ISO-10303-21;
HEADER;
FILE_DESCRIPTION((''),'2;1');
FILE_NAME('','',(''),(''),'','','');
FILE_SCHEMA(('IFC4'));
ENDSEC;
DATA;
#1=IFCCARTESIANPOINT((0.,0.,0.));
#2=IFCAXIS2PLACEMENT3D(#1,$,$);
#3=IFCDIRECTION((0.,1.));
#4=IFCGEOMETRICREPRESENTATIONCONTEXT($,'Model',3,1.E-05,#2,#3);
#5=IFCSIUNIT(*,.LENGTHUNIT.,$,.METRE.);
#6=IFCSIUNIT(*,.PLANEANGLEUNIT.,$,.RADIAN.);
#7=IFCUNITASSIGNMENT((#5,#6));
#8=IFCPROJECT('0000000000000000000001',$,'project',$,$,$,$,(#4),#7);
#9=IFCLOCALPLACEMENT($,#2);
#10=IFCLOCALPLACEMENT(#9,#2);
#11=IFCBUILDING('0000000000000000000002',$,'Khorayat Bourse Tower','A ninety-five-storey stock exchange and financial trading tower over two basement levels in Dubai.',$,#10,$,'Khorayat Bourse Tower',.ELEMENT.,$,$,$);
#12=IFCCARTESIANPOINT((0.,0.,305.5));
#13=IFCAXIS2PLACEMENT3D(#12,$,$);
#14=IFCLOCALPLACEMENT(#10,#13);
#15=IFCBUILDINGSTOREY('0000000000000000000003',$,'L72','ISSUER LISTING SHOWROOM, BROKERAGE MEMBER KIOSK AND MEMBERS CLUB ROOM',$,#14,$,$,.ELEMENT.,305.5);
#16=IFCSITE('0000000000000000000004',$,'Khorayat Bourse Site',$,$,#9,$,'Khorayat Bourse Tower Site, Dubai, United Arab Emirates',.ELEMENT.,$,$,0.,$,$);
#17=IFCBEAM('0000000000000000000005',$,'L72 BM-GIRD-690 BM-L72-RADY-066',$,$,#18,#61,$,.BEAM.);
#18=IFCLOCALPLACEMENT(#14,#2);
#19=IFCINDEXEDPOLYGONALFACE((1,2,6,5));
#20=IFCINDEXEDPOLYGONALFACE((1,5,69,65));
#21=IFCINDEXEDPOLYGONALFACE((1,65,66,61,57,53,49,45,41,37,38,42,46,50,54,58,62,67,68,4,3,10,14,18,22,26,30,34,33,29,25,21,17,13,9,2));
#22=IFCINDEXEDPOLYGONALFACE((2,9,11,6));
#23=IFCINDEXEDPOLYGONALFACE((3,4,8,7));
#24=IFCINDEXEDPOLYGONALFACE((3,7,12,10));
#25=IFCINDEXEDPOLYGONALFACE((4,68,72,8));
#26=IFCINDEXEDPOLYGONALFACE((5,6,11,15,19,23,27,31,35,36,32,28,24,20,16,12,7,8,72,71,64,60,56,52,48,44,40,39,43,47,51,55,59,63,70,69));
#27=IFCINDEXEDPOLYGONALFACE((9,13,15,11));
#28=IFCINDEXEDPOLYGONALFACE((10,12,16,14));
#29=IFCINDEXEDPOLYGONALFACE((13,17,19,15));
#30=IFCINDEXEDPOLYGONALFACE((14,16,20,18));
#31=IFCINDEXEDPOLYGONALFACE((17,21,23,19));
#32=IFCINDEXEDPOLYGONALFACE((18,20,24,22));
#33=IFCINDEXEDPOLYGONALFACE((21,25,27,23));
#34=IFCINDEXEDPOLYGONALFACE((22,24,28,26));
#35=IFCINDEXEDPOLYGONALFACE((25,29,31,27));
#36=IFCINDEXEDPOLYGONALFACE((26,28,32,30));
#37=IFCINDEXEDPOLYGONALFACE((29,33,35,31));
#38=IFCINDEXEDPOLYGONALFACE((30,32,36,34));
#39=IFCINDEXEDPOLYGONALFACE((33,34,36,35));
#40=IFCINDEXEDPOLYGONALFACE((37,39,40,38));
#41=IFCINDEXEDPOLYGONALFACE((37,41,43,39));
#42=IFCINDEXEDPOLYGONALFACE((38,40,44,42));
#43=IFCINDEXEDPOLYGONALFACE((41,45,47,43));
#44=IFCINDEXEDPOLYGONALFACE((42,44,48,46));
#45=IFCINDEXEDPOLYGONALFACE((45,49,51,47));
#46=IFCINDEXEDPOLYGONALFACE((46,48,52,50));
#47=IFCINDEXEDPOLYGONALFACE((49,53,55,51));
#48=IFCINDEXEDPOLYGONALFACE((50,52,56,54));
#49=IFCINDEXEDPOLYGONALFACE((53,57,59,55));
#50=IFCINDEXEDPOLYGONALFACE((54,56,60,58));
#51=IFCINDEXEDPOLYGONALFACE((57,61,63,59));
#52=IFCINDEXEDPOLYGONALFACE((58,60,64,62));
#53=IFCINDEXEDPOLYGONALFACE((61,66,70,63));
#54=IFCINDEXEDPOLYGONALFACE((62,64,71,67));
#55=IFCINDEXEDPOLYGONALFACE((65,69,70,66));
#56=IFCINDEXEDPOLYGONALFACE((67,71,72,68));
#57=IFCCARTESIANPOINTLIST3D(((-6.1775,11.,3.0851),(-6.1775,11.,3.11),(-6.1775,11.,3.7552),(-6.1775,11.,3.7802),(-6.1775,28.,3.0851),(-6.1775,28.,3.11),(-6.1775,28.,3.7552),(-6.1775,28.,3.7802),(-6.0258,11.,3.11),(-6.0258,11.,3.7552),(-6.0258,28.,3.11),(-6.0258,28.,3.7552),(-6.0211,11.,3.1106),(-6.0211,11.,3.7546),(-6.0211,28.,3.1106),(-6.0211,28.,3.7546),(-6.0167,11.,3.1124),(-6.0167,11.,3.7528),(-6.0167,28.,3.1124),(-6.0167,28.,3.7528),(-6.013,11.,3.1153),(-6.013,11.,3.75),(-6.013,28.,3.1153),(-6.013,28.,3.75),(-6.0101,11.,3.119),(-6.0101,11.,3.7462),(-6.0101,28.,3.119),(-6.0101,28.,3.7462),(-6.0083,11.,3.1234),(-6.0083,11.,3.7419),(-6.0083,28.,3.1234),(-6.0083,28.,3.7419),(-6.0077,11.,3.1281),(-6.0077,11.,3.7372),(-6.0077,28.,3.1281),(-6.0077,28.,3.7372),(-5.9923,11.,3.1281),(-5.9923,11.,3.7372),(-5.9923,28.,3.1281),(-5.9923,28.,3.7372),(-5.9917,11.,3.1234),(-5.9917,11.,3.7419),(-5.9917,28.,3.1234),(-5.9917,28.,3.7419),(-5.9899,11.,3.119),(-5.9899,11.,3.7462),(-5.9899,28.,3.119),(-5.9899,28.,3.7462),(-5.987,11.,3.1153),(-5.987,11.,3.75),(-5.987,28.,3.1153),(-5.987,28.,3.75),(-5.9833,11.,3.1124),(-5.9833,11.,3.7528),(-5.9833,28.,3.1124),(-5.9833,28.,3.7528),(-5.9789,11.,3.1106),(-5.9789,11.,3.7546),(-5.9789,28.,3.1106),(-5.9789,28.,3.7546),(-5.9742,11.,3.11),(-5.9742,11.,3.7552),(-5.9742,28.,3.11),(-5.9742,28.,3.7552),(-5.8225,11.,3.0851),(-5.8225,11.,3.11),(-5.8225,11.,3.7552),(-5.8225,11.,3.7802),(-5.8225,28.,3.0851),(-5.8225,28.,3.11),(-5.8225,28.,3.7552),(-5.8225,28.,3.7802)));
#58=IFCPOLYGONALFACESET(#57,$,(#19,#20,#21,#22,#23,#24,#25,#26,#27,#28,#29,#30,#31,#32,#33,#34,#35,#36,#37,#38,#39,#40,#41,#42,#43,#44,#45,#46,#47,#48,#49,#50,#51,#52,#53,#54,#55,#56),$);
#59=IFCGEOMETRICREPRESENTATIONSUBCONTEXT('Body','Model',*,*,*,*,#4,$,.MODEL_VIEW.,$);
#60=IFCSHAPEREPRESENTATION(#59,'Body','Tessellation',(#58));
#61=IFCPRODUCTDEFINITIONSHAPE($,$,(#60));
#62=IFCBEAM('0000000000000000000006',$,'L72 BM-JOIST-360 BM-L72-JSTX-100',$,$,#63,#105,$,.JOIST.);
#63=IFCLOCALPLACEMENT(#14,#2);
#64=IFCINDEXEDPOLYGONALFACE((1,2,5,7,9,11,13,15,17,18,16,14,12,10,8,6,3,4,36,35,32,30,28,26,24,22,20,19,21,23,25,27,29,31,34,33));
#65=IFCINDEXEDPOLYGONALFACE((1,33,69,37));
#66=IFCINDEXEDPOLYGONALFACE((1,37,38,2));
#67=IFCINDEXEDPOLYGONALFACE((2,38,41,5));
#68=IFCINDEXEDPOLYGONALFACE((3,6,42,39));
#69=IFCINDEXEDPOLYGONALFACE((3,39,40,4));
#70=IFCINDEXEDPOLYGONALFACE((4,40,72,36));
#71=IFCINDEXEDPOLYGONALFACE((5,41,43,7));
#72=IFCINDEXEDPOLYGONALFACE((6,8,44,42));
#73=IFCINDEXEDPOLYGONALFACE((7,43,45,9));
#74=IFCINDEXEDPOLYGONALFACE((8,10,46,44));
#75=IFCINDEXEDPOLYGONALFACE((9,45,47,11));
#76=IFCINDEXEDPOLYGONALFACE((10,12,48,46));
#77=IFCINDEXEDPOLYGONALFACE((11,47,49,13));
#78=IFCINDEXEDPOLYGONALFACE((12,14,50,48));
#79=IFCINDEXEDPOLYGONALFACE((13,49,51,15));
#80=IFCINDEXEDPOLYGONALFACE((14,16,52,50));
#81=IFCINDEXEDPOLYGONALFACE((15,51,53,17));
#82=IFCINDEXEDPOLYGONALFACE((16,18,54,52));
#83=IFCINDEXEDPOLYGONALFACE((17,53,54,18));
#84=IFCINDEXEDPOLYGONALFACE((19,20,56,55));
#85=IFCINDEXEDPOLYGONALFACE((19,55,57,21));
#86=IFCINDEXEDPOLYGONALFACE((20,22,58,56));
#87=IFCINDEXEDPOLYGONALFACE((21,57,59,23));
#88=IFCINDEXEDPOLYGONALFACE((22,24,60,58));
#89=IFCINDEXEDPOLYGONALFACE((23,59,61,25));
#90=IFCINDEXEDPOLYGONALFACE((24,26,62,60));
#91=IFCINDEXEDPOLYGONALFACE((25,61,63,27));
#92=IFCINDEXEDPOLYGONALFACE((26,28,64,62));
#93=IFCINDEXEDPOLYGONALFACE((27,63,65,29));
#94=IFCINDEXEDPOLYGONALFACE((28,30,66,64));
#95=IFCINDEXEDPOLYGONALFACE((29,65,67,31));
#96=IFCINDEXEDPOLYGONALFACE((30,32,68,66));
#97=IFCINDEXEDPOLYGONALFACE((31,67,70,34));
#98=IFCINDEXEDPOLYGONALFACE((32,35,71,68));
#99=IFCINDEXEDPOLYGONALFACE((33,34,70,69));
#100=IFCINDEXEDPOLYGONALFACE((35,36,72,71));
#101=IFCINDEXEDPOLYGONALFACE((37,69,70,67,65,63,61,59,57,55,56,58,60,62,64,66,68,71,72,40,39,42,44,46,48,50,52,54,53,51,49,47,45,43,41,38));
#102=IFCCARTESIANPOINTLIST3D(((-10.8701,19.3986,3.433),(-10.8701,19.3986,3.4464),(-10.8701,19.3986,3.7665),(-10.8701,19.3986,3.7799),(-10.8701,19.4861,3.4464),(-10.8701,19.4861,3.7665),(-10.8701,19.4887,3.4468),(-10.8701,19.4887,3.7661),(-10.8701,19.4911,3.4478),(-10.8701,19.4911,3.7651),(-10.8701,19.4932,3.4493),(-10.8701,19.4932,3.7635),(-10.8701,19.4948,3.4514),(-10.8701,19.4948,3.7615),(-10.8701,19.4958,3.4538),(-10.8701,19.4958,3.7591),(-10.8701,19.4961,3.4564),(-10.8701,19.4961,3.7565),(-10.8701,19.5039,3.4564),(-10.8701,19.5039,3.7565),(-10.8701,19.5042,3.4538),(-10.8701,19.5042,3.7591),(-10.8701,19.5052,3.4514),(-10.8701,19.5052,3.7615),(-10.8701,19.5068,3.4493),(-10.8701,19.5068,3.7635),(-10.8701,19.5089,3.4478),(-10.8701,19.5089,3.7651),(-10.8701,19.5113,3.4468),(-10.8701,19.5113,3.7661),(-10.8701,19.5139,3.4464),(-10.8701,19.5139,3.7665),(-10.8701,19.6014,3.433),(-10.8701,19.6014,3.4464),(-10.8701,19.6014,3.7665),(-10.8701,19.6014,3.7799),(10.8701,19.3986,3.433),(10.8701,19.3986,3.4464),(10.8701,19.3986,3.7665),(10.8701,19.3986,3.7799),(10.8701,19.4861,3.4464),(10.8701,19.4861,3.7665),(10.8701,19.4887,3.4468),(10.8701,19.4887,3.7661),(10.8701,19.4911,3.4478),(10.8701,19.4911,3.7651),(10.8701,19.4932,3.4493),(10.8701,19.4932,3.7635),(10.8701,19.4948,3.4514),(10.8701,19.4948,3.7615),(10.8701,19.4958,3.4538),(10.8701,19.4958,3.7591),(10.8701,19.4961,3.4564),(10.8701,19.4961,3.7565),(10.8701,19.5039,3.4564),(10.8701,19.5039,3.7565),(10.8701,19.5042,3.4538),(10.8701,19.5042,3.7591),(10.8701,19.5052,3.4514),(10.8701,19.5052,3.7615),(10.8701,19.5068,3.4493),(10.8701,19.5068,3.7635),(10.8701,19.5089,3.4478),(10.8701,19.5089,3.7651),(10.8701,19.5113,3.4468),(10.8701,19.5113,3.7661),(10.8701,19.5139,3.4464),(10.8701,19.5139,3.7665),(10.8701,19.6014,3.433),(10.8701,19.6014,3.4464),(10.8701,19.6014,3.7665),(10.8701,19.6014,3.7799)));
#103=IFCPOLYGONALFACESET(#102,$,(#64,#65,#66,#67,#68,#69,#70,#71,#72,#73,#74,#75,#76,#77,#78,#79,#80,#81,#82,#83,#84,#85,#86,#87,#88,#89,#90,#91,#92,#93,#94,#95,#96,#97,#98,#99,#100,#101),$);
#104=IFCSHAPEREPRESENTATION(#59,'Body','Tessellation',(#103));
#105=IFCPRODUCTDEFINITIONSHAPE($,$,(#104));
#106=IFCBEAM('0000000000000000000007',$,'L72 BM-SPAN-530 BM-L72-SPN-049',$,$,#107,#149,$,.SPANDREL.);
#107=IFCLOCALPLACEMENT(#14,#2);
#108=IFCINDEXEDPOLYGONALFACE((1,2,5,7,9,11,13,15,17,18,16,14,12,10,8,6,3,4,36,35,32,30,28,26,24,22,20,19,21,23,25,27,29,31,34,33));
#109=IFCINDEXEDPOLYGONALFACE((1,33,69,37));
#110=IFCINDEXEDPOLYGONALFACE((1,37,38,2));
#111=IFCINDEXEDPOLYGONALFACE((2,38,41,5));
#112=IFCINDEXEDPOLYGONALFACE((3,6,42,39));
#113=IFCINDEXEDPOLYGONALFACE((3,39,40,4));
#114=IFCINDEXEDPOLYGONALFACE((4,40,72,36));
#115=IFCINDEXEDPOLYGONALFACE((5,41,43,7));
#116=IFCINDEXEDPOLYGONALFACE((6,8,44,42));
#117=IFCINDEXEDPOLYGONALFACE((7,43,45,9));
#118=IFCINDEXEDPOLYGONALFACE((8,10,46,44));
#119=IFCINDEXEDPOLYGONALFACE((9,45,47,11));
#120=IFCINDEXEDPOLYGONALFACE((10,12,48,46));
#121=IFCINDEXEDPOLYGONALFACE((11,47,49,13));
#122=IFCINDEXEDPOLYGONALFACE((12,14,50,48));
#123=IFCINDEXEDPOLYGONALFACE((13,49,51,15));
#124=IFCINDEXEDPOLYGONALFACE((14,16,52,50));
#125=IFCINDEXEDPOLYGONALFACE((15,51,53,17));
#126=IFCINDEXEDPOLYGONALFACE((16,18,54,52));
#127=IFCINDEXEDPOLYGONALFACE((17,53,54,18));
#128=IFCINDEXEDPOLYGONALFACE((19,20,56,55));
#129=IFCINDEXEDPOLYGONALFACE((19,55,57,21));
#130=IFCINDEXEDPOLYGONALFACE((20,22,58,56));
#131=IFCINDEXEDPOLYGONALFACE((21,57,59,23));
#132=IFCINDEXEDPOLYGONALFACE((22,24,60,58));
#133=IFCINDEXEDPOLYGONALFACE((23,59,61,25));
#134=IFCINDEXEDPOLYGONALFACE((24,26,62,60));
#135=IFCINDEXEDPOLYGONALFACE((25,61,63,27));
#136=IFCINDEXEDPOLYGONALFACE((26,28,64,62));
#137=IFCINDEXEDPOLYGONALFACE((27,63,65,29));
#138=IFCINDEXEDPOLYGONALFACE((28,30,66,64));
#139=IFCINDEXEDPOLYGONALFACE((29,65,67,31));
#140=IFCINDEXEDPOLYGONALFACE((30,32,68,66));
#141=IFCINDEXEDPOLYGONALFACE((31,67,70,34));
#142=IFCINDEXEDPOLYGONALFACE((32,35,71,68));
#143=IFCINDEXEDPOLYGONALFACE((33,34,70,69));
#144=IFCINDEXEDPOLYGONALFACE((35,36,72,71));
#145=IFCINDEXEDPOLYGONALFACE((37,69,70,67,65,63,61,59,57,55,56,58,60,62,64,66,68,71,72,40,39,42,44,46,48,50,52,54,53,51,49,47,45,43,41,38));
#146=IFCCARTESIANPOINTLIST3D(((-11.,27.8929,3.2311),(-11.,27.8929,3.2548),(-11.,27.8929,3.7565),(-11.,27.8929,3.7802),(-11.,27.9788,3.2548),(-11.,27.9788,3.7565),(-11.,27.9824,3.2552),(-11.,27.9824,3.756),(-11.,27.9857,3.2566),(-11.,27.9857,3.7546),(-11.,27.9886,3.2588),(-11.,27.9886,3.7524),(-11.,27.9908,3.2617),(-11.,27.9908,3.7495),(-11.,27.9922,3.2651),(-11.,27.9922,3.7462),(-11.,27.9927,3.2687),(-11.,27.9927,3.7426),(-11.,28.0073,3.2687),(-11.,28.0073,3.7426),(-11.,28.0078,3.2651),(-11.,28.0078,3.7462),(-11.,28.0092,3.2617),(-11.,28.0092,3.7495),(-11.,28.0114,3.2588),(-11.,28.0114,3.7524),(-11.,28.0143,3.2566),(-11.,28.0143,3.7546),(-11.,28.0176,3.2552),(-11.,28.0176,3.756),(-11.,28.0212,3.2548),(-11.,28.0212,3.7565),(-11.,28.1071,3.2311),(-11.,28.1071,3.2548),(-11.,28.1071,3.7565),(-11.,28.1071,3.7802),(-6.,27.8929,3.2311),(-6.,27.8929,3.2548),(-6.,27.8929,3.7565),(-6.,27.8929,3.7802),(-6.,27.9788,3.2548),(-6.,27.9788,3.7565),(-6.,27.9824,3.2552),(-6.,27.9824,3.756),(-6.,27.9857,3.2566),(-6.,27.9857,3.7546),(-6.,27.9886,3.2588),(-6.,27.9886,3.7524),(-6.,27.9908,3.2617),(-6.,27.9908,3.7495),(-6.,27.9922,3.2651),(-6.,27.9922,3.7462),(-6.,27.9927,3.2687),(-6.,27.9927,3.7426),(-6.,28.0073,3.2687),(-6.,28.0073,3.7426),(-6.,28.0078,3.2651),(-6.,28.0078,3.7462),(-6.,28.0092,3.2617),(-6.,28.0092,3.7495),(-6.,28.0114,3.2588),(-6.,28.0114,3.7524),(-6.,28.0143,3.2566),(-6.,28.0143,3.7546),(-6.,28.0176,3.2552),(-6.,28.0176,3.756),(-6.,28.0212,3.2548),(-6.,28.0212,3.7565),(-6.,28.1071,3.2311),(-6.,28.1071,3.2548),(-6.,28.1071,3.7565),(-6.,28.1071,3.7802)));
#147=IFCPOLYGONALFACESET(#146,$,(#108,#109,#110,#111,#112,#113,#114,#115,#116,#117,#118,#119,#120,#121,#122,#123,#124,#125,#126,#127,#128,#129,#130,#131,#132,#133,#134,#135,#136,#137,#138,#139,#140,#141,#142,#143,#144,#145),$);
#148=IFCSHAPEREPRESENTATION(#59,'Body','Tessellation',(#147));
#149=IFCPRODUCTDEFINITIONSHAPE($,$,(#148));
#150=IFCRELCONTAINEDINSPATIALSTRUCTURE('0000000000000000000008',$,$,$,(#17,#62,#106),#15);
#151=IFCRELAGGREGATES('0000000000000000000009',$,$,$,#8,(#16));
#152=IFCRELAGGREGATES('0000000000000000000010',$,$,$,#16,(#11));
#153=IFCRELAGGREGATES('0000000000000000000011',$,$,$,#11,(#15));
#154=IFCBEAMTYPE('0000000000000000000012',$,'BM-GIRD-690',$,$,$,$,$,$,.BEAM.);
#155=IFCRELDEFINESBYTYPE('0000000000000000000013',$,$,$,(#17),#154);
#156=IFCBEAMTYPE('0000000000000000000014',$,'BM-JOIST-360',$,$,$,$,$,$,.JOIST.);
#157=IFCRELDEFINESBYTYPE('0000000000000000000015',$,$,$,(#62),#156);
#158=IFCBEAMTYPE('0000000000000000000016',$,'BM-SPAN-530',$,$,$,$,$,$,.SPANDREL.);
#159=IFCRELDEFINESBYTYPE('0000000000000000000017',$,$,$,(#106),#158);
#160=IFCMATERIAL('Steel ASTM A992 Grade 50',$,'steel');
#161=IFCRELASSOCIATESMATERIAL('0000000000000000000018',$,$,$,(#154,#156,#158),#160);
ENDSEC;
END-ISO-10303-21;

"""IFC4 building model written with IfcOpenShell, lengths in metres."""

from ifc_helpers import new_model, si_unit, direction, frame, origin, origin_2d, place, context, subcontext, project, spatial, i_section, extrude, source, transform, mapped, material, material_profile, profile_set, type_object, element, save


model = new_model("IFC4")

# Units and contexts
model_context = context("Model", 3, precision=1e-05, world=origin(), true_north=direction((0.0, 1.0)))
body_context = subcontext(model_context, "Body", "Model", "MODEL_VIEW")
ifc_project = project(units=[si_unit("LENGTHUNIT", "METRE"), si_unit("PLANEANGLEUNIT", "RADIAN")], contexts=[model_context])

# Site, building, storey
site_placement = place(None, origin())
site = spatial("IfcSite", under=ifc_project, at=site_placement, Name="Khorayat Bourse Site", LongName="Khorayat Bourse Tower Site, Dubai, United Arab Emirates", CompositionType="ELEMENT", RefElevation=0.0)
building_placement = place(site_placement, origin())
building = spatial("IfcBuilding", under=site, at=building_placement, Name="Khorayat Bourse Tower", Description="A ninety-five-storey stock exchange and financial trading tower over two basement levels in Dubai.", LongName="Khorayat Bourse Tower", CompositionType="ELEMENT")
storey_placement = place(building_placement, frame((0.0, 0.0, 305.5)))
storey = spatial("IfcBuildingStorey", under=building, at=storey_placement, Name="L72", Description="ISSUER LISTING SHOWROOM, BROKERAGE MEMBER KIOSK AND MEMBERS CLUB ROOM", CompositionType="ELEMENT", Elevation=305.5)

# Beams
ifc_material_1 = material(Name="Steel ASTM A992 Grade 50", Category="steel")
ifc_material_profile_1 = material_profile(ifc_material_1, i_section(OverallWidth=0.355, OverallDepth=0.6951, WebThickness=0.0154, FlangeThickness=0.0249, FilletRadius=0.0181, at=origin_2d()), Name="W690X217")
ifc_profile_set_1 = profile_set([ifc_material_profile_1], Name="Steel ASTM A992 Grade 50")
beam_type_1 = type_object("IfcBeamType", Name="BM-GIRD-690", PredefinedType="BEAM", material=ifc_profile_set_1)
shared_shape_1 = source(origin(), body_context, "Body", "SweptSolid", [
    extrude(i_section(OverallWidth=0.355, OverallDepth=0.6951, WebThickness=0.0154, FlangeThickness=0.0249, FilletRadius=0.0181, at=origin_2d()), origin(), (0.0, 0.0, 1.0), 17.0),
])
for number, where, z_axis, x_axis, name in (
    (1, (-6.0, 11.0, 3.4326), (0.0, 1.0, 0.0), (-1.0, 0.0, 0.0), "L72 BM-GIRD-690 BM-L72-RADY-066"),
):
    element("IfcBeam", number, at=place(storey_placement, frame(where, z_axis=z_axis, x_axis=x_axis)), inside=storey, type_object=beam_type_1, Name=name, PredefinedType="BEAM", context=body_context, shape_type="MappedRepresentation", body=[
        mapped(shared_shape_1, transform((0.0, 0.0, 0.0), scale=1.0)),
    ])
ifc_material_profile_2 = material_profile(ifc_material_1, i_section(OverallWidth=0.2029, OverallDepth=0.3469, WebThickness=0.0078, FlangeThickness=0.0134, FilletRadius=0.01, at=origin_2d()), Name="W360X64")
ifc_profile_set_2 = profile_set([ifc_material_profile_2], Name="Steel ASTM A992 Grade 50")
beam_type_2 = type_object("IfcBeamType", Name="BM-JOIST-360", PredefinedType="JOIST", material=ifc_profile_set_2)
shared_shape_2 = source(origin(), body_context, "Body", "SweptSolid", [
    extrude(i_section(OverallWidth=0.2029, OverallDepth=0.3469, WebThickness=0.0078, FlangeThickness=0.0134, FilletRadius=0.01, at=origin_2d()), origin(), (0.0, 0.0, 1.0), 21.7402),
])
beam_1_placement = place(storey_placement, frame((-10.8701, 19.5, 3.6064), z_axis=(1.0, 0.0, 0.0), x_axis=(0.0, 1.0, 0.0)))
element("IfcBeam", 2, at=beam_1_placement, inside=storey, type_object=beam_type_2, Name="L72 BM-JOIST-360 BM-L72-JSTX-100", PredefinedType="JOIST", context=body_context, shape_type="MappedRepresentation", body=[
    mapped(shared_shape_2, transform((0.0, 0.0, 0.0), scale=1.0)),
])
ifc_material_profile_3 = material_profile(ifc_material_1, i_section(OverallWidth=0.2141, OverallDepth=0.5491, WebThickness=0.0146, FlangeThickness=0.0237, FilletRadius=0.0139, at=origin_2d()), Name="W530X138")
ifc_profile_set_3 = profile_set([ifc_material_profile_3], Name="Steel ASTM A992 Grade 50")
beam_type_3 = type_object("IfcBeamType", Name="BM-SPAN-530", PredefinedType="SPANDREL", material=ifc_profile_set_3)
shared_shape_3 = source(origin(), body_context, "Body", "SweptSolid", [
    extrude(i_section(OverallWidth=0.2141, OverallDepth=0.5491, WebThickness=0.0146, FlangeThickness=0.0237, FilletRadius=0.0139, at=origin_2d()), origin(), (0.0, 0.0, 1.0), 5.0),
])
beam_2_placement = place(storey_placement, frame((-11.0, 28.0, 3.5056), z_axis=(1.0, 0.0, 0.0), x_axis=(0.0, 1.0, 0.0)))
element("IfcBeam", 3, at=beam_2_placement, inside=storey, type_object=beam_type_3, Name="L72 BM-SPAN-530 BM-L72-SPN-049", PredefinedType="SPANDREL", context=body_context, shape_type="MappedRepresentation", body=[
    mapped(shared_shape_3, transform((0.0, 0.0, 0.0), scale=1.0)),
])

save(model, "model.ifc")
